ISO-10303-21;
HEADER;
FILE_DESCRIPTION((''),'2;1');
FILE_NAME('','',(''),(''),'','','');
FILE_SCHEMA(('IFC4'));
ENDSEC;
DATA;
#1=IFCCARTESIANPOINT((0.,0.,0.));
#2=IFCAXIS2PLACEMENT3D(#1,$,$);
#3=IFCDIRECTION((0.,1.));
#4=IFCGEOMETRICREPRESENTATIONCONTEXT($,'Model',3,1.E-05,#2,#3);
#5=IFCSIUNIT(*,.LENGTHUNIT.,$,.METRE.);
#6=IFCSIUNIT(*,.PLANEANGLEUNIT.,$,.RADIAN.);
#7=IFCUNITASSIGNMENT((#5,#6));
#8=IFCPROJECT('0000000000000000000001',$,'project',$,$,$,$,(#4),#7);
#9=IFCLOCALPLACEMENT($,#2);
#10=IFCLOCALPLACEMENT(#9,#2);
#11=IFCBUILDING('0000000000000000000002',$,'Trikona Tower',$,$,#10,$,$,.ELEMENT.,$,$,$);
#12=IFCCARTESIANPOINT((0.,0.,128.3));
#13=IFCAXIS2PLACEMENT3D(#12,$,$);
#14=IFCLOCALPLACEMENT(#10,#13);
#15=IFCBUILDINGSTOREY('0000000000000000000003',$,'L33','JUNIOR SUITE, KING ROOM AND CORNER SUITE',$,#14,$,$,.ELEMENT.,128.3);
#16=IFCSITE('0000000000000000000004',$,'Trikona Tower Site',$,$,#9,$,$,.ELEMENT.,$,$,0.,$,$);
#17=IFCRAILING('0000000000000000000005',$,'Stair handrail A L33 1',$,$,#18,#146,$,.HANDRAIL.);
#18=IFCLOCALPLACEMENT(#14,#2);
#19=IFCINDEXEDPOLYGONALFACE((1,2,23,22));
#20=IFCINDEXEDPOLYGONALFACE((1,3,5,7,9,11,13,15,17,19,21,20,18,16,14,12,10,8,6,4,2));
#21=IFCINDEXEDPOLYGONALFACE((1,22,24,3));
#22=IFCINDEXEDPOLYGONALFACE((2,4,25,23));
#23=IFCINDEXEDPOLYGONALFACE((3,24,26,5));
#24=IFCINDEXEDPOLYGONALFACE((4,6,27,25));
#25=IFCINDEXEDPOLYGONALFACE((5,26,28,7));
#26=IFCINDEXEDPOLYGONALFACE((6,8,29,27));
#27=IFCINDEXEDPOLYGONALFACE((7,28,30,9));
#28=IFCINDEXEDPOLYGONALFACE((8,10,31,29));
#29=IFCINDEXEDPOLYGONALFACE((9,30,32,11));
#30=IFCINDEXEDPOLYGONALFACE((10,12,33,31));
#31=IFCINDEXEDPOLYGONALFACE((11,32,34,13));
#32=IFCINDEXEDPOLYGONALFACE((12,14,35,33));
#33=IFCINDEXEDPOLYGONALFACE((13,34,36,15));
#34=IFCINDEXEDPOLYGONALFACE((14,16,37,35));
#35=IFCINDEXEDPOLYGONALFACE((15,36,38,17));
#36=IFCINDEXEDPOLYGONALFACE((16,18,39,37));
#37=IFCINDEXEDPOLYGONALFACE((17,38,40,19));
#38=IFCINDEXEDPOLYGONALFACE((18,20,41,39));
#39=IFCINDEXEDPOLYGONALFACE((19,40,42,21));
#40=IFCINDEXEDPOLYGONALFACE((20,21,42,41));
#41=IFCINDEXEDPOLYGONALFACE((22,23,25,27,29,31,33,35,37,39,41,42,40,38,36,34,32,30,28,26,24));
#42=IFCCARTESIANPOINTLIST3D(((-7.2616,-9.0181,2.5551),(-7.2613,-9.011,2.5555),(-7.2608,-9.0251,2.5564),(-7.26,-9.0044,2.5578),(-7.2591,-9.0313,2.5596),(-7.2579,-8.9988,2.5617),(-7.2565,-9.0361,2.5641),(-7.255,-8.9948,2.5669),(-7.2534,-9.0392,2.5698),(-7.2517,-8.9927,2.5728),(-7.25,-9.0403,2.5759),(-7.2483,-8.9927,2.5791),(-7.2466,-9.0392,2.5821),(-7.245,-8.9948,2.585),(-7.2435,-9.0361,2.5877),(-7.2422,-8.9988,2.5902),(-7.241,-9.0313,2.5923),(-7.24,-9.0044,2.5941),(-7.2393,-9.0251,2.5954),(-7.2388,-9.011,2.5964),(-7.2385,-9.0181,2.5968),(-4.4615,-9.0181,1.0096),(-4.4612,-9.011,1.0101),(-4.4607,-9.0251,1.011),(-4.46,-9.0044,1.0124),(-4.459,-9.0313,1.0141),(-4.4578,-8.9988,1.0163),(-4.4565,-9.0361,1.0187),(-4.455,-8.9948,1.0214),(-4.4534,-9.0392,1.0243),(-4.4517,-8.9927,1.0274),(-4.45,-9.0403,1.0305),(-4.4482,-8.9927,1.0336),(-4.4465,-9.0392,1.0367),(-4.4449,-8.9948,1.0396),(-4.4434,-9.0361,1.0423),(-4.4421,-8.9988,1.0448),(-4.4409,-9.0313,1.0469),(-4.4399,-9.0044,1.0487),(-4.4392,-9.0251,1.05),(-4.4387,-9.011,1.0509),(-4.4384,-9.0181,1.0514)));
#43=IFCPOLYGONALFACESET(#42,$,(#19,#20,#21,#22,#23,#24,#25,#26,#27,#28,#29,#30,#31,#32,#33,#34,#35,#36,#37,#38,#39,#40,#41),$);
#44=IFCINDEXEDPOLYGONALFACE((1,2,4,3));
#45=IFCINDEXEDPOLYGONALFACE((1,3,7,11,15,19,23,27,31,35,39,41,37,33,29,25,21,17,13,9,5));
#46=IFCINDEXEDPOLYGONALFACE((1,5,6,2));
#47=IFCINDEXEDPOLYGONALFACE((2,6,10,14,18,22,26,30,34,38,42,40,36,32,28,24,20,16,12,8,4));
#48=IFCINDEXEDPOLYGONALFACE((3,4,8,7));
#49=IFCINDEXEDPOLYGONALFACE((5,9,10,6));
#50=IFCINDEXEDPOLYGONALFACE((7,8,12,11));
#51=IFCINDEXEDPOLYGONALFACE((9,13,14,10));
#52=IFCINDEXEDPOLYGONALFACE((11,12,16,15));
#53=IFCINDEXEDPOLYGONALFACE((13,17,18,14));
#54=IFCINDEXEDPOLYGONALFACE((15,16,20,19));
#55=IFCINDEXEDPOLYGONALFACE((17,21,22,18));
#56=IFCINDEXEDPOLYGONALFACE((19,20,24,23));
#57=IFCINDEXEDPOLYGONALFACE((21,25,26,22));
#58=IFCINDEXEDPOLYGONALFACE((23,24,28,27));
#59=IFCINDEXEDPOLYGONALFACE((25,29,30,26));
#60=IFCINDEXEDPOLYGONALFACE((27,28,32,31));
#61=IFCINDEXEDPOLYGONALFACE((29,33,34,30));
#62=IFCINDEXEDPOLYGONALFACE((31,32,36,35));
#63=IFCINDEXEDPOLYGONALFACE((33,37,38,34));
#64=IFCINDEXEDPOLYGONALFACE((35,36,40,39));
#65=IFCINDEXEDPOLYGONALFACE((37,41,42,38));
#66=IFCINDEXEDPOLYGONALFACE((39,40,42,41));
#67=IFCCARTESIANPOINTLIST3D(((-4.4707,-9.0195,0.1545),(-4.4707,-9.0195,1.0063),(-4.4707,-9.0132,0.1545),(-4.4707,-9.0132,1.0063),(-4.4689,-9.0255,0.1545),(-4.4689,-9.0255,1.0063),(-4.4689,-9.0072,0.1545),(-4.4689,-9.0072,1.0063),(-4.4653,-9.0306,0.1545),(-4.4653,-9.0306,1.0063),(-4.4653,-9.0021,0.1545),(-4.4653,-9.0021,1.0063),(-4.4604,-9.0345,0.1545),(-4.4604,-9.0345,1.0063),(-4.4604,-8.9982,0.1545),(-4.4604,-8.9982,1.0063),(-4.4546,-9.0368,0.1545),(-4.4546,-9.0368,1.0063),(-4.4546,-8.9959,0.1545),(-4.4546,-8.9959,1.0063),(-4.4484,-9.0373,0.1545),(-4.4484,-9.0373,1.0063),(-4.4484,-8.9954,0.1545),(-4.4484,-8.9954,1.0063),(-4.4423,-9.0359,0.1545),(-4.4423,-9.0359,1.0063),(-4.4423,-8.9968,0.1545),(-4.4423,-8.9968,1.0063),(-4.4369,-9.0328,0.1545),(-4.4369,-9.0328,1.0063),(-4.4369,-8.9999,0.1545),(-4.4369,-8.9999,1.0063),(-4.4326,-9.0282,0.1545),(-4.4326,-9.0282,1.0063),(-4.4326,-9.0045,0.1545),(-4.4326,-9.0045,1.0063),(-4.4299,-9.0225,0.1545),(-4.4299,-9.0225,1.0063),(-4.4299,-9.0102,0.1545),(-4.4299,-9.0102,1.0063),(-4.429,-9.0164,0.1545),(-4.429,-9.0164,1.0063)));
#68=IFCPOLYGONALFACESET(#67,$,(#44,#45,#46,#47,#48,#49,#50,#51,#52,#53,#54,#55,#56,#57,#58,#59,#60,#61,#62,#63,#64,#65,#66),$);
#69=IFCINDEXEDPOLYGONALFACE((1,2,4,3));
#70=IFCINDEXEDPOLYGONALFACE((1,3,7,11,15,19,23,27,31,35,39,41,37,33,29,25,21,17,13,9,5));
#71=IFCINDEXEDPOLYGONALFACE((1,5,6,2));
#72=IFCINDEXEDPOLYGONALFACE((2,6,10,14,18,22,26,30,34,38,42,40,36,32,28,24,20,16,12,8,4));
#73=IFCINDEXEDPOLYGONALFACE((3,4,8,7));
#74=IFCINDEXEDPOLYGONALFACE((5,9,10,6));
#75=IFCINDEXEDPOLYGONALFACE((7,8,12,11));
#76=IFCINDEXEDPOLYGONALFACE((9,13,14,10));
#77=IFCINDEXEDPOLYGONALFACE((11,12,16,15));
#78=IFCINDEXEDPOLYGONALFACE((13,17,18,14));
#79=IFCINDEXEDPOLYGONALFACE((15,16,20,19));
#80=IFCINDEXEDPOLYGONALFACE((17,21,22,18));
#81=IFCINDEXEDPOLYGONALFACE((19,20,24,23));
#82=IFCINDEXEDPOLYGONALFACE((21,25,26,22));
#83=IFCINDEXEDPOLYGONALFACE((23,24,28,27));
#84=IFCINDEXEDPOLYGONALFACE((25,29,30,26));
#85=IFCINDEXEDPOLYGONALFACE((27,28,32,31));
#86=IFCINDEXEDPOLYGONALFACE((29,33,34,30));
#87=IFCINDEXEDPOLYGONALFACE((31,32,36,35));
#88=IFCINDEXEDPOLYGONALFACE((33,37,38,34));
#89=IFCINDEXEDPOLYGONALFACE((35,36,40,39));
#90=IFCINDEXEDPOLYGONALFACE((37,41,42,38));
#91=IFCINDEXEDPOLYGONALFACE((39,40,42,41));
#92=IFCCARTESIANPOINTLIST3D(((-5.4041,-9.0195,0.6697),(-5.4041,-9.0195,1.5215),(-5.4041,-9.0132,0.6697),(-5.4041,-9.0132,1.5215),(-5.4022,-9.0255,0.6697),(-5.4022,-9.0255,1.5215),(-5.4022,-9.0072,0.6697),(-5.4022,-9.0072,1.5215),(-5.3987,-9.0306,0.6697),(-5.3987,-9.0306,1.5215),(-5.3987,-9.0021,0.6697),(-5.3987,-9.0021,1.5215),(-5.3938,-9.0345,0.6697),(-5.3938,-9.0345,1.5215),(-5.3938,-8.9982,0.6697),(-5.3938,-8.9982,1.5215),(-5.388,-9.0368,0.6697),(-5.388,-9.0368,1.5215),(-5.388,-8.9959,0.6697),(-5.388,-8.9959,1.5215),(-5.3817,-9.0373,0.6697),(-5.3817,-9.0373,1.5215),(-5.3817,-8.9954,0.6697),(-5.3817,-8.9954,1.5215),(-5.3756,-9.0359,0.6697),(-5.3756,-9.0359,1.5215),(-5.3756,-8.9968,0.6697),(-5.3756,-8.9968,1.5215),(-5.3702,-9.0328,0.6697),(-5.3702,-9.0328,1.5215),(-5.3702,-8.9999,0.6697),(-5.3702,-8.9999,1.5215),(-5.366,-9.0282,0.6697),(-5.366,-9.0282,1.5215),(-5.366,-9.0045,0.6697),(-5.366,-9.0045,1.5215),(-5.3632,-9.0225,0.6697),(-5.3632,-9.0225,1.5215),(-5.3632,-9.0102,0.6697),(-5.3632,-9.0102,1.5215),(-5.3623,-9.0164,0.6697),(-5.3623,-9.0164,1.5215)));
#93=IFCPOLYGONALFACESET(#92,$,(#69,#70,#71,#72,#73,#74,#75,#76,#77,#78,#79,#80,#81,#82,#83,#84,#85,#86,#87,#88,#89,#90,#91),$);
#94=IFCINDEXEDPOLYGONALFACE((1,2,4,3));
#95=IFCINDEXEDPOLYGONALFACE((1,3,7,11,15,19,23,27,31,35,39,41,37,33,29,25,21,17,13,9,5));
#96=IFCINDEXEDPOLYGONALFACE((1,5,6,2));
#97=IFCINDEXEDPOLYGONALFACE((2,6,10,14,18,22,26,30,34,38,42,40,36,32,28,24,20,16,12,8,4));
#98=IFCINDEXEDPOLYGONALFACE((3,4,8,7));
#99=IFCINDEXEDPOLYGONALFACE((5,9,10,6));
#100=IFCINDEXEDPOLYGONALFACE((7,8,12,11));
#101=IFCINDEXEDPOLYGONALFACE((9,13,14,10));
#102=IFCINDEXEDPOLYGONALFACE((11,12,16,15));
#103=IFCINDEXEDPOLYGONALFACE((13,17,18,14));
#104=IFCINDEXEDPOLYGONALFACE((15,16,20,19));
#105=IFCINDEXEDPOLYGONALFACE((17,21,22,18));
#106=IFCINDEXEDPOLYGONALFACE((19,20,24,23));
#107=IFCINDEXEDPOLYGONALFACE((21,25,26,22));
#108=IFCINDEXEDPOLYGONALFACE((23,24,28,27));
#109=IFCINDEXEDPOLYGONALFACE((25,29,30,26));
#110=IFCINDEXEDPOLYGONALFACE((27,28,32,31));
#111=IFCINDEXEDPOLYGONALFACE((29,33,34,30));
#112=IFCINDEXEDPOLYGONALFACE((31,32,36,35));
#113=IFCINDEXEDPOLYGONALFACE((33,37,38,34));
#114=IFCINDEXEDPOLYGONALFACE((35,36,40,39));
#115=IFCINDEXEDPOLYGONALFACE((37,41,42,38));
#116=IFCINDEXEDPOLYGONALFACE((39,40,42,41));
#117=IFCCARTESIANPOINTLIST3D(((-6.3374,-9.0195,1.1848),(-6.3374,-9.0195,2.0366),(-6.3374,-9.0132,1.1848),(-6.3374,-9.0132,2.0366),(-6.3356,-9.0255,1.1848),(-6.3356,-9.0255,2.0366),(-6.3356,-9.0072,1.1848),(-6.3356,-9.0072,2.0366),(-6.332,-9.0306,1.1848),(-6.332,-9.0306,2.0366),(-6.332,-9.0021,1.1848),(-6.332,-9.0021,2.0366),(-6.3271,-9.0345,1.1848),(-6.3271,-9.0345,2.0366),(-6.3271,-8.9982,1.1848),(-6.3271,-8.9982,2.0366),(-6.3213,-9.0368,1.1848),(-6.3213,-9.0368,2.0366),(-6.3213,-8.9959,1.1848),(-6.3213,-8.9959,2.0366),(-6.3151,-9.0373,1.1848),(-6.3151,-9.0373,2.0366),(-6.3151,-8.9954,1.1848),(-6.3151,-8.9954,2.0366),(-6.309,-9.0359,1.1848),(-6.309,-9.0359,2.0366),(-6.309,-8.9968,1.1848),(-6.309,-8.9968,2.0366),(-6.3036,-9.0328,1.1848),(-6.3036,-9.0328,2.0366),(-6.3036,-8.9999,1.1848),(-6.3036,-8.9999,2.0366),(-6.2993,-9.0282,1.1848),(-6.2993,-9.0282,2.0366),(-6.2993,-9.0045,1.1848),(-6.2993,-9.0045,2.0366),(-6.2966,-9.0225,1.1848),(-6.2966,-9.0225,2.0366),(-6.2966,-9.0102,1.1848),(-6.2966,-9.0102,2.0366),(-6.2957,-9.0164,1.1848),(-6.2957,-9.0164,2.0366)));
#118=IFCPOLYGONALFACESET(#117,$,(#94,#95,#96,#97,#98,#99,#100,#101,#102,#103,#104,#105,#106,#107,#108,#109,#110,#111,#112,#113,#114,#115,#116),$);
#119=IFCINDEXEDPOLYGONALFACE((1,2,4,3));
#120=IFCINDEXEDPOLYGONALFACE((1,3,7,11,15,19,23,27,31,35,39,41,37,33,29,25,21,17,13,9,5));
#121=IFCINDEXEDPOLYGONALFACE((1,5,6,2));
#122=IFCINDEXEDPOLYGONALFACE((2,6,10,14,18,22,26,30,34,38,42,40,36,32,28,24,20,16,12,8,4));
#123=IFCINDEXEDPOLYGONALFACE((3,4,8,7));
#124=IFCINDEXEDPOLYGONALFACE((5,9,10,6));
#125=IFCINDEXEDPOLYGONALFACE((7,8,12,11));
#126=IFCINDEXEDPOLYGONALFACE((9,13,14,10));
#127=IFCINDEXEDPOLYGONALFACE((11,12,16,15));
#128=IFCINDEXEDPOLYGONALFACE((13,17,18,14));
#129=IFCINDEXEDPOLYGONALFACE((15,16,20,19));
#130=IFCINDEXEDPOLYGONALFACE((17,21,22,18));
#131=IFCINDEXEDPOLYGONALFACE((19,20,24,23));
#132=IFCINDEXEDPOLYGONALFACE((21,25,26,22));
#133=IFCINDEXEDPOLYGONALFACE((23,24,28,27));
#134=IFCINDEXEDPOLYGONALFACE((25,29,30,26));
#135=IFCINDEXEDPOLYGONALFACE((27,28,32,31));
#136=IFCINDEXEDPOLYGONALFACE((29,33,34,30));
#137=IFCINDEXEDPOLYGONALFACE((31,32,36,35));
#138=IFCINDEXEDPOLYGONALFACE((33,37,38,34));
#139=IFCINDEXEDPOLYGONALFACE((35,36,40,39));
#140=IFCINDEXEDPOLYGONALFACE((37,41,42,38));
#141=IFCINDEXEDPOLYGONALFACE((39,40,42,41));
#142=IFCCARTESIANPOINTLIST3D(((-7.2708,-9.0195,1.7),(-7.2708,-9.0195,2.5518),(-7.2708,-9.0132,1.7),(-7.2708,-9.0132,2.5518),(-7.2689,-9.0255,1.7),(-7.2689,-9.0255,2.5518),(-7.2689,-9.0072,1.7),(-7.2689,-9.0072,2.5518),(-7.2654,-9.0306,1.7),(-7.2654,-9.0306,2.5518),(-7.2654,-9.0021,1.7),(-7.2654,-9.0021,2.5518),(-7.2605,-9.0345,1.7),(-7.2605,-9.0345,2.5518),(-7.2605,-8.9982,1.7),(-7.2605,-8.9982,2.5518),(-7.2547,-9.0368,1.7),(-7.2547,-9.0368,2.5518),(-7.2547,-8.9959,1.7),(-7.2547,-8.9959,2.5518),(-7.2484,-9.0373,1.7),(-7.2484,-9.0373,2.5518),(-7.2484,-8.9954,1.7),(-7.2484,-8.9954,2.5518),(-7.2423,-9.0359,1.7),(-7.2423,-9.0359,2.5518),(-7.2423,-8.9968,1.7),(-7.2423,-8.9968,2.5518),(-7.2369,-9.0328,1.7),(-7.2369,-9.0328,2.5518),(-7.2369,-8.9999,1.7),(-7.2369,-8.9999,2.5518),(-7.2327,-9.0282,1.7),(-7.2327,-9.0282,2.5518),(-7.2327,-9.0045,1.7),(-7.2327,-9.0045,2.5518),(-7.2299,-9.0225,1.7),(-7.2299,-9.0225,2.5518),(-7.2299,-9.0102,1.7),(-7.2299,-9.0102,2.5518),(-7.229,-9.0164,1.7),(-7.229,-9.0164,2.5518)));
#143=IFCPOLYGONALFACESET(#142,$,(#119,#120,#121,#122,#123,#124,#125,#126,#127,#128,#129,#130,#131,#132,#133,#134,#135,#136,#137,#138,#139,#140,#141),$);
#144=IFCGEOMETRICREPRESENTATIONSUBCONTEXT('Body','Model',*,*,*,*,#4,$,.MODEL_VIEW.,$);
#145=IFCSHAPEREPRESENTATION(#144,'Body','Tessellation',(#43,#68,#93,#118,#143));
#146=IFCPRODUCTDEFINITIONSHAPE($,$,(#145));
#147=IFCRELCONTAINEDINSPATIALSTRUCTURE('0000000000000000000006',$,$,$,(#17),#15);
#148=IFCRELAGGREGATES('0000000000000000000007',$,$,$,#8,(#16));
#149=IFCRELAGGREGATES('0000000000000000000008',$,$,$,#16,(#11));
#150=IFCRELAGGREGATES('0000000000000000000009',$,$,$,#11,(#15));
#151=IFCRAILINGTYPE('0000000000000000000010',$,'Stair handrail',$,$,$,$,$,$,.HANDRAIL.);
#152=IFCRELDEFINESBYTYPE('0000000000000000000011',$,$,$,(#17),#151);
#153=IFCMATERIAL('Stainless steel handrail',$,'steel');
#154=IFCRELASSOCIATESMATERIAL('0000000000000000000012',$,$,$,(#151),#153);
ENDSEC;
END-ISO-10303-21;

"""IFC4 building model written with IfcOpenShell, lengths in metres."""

from ifc_helpers import new_model, si_unit, direction, frame, origin, origin_2d, place, context, subcontext, project, spatial, circle, extrude, material, type_object, element, save


model = new_model("IFC4")

# Units and contexts
model_context = context("Model", 3, precision=1e-05, world=origin(), true_north=direction((0.0, 1.0)))
body_context = subcontext(model_context, "Body", "Model", "MODEL_VIEW")
ifc_project = project(units=[si_unit("LENGTHUNIT", "METRE"), si_unit("PLANEANGLEUNIT", "RADIAN")], contexts=[model_context])

# Site, building, storey
site_placement = place(None, origin())
site = spatial("IfcSite", under=ifc_project, at=site_placement, Name="Trikona Tower Site", CompositionType="ELEMENT", RefElevation=0.0)
building_placement = place(site_placement, origin())
building = spatial("IfcBuilding", under=site, at=building_placement, Name="Trikona Tower", CompositionType="ELEMENT")
storey_placement = place(building_placement, frame((0.0, 0.0, 128.3)))
storey = spatial("IfcBuildingStorey", under=building, at=storey_placement, Name="L33", Description="JUNIOR SUITE, KING ROOM AND CORNER SUITE", CompositionType="ELEMENT", Elevation=128.3)

# Railing
ifc_material_1 = material(Name="Stainless steel handrail", Category="steel")
railing_type = type_object("IfcRailingType", Name="Stair handrail", PredefinedType="HANDRAIL", material=ifc_material_1)
railing_placement = place(storey_placement, frame((-4.45, -9.0164, 0.1545)))
element("IfcRailing", 1, at=railing_placement, inside=storey, type_object=railing_type, Name="Stair handrail A L33 1", PredefinedType="HANDRAIL", context=body_context, shape_type="SweptSolid", body=[
    extrude(circle(Radius=0.0239, at=origin_2d()), frame((0.0, 0.0, 0.876), z_axis=(-0.875504, 0.0, 0.483211), x_axis=(0.0, -1.0, 0.0)), (0.0, 0.0, 1.0), 3.1982),
    extrude(circle(Radius=0.021, at=origin_2d()), origin(), (0.0, 0.0, 1.0), 0.8518),
    extrude(circle(Radius=0.021, at=origin_2d()), frame((-0.9333, 0.0, 0.5151)), (0.0, 0.0, 1.0), 0.8518),
    extrude(circle(Radius=0.021, at=origin_2d()), frame((-1.8667, 0.0, 1.0303)), (0.0, 0.0, 1.0), 0.8518),
    extrude(circle(Radius=0.021, at=origin_2d()), frame((-2.8, 0.0, 1.5454)), (0.0, 0.0, 1.0), 0.8518),
])

save(model, "model.ifc")
